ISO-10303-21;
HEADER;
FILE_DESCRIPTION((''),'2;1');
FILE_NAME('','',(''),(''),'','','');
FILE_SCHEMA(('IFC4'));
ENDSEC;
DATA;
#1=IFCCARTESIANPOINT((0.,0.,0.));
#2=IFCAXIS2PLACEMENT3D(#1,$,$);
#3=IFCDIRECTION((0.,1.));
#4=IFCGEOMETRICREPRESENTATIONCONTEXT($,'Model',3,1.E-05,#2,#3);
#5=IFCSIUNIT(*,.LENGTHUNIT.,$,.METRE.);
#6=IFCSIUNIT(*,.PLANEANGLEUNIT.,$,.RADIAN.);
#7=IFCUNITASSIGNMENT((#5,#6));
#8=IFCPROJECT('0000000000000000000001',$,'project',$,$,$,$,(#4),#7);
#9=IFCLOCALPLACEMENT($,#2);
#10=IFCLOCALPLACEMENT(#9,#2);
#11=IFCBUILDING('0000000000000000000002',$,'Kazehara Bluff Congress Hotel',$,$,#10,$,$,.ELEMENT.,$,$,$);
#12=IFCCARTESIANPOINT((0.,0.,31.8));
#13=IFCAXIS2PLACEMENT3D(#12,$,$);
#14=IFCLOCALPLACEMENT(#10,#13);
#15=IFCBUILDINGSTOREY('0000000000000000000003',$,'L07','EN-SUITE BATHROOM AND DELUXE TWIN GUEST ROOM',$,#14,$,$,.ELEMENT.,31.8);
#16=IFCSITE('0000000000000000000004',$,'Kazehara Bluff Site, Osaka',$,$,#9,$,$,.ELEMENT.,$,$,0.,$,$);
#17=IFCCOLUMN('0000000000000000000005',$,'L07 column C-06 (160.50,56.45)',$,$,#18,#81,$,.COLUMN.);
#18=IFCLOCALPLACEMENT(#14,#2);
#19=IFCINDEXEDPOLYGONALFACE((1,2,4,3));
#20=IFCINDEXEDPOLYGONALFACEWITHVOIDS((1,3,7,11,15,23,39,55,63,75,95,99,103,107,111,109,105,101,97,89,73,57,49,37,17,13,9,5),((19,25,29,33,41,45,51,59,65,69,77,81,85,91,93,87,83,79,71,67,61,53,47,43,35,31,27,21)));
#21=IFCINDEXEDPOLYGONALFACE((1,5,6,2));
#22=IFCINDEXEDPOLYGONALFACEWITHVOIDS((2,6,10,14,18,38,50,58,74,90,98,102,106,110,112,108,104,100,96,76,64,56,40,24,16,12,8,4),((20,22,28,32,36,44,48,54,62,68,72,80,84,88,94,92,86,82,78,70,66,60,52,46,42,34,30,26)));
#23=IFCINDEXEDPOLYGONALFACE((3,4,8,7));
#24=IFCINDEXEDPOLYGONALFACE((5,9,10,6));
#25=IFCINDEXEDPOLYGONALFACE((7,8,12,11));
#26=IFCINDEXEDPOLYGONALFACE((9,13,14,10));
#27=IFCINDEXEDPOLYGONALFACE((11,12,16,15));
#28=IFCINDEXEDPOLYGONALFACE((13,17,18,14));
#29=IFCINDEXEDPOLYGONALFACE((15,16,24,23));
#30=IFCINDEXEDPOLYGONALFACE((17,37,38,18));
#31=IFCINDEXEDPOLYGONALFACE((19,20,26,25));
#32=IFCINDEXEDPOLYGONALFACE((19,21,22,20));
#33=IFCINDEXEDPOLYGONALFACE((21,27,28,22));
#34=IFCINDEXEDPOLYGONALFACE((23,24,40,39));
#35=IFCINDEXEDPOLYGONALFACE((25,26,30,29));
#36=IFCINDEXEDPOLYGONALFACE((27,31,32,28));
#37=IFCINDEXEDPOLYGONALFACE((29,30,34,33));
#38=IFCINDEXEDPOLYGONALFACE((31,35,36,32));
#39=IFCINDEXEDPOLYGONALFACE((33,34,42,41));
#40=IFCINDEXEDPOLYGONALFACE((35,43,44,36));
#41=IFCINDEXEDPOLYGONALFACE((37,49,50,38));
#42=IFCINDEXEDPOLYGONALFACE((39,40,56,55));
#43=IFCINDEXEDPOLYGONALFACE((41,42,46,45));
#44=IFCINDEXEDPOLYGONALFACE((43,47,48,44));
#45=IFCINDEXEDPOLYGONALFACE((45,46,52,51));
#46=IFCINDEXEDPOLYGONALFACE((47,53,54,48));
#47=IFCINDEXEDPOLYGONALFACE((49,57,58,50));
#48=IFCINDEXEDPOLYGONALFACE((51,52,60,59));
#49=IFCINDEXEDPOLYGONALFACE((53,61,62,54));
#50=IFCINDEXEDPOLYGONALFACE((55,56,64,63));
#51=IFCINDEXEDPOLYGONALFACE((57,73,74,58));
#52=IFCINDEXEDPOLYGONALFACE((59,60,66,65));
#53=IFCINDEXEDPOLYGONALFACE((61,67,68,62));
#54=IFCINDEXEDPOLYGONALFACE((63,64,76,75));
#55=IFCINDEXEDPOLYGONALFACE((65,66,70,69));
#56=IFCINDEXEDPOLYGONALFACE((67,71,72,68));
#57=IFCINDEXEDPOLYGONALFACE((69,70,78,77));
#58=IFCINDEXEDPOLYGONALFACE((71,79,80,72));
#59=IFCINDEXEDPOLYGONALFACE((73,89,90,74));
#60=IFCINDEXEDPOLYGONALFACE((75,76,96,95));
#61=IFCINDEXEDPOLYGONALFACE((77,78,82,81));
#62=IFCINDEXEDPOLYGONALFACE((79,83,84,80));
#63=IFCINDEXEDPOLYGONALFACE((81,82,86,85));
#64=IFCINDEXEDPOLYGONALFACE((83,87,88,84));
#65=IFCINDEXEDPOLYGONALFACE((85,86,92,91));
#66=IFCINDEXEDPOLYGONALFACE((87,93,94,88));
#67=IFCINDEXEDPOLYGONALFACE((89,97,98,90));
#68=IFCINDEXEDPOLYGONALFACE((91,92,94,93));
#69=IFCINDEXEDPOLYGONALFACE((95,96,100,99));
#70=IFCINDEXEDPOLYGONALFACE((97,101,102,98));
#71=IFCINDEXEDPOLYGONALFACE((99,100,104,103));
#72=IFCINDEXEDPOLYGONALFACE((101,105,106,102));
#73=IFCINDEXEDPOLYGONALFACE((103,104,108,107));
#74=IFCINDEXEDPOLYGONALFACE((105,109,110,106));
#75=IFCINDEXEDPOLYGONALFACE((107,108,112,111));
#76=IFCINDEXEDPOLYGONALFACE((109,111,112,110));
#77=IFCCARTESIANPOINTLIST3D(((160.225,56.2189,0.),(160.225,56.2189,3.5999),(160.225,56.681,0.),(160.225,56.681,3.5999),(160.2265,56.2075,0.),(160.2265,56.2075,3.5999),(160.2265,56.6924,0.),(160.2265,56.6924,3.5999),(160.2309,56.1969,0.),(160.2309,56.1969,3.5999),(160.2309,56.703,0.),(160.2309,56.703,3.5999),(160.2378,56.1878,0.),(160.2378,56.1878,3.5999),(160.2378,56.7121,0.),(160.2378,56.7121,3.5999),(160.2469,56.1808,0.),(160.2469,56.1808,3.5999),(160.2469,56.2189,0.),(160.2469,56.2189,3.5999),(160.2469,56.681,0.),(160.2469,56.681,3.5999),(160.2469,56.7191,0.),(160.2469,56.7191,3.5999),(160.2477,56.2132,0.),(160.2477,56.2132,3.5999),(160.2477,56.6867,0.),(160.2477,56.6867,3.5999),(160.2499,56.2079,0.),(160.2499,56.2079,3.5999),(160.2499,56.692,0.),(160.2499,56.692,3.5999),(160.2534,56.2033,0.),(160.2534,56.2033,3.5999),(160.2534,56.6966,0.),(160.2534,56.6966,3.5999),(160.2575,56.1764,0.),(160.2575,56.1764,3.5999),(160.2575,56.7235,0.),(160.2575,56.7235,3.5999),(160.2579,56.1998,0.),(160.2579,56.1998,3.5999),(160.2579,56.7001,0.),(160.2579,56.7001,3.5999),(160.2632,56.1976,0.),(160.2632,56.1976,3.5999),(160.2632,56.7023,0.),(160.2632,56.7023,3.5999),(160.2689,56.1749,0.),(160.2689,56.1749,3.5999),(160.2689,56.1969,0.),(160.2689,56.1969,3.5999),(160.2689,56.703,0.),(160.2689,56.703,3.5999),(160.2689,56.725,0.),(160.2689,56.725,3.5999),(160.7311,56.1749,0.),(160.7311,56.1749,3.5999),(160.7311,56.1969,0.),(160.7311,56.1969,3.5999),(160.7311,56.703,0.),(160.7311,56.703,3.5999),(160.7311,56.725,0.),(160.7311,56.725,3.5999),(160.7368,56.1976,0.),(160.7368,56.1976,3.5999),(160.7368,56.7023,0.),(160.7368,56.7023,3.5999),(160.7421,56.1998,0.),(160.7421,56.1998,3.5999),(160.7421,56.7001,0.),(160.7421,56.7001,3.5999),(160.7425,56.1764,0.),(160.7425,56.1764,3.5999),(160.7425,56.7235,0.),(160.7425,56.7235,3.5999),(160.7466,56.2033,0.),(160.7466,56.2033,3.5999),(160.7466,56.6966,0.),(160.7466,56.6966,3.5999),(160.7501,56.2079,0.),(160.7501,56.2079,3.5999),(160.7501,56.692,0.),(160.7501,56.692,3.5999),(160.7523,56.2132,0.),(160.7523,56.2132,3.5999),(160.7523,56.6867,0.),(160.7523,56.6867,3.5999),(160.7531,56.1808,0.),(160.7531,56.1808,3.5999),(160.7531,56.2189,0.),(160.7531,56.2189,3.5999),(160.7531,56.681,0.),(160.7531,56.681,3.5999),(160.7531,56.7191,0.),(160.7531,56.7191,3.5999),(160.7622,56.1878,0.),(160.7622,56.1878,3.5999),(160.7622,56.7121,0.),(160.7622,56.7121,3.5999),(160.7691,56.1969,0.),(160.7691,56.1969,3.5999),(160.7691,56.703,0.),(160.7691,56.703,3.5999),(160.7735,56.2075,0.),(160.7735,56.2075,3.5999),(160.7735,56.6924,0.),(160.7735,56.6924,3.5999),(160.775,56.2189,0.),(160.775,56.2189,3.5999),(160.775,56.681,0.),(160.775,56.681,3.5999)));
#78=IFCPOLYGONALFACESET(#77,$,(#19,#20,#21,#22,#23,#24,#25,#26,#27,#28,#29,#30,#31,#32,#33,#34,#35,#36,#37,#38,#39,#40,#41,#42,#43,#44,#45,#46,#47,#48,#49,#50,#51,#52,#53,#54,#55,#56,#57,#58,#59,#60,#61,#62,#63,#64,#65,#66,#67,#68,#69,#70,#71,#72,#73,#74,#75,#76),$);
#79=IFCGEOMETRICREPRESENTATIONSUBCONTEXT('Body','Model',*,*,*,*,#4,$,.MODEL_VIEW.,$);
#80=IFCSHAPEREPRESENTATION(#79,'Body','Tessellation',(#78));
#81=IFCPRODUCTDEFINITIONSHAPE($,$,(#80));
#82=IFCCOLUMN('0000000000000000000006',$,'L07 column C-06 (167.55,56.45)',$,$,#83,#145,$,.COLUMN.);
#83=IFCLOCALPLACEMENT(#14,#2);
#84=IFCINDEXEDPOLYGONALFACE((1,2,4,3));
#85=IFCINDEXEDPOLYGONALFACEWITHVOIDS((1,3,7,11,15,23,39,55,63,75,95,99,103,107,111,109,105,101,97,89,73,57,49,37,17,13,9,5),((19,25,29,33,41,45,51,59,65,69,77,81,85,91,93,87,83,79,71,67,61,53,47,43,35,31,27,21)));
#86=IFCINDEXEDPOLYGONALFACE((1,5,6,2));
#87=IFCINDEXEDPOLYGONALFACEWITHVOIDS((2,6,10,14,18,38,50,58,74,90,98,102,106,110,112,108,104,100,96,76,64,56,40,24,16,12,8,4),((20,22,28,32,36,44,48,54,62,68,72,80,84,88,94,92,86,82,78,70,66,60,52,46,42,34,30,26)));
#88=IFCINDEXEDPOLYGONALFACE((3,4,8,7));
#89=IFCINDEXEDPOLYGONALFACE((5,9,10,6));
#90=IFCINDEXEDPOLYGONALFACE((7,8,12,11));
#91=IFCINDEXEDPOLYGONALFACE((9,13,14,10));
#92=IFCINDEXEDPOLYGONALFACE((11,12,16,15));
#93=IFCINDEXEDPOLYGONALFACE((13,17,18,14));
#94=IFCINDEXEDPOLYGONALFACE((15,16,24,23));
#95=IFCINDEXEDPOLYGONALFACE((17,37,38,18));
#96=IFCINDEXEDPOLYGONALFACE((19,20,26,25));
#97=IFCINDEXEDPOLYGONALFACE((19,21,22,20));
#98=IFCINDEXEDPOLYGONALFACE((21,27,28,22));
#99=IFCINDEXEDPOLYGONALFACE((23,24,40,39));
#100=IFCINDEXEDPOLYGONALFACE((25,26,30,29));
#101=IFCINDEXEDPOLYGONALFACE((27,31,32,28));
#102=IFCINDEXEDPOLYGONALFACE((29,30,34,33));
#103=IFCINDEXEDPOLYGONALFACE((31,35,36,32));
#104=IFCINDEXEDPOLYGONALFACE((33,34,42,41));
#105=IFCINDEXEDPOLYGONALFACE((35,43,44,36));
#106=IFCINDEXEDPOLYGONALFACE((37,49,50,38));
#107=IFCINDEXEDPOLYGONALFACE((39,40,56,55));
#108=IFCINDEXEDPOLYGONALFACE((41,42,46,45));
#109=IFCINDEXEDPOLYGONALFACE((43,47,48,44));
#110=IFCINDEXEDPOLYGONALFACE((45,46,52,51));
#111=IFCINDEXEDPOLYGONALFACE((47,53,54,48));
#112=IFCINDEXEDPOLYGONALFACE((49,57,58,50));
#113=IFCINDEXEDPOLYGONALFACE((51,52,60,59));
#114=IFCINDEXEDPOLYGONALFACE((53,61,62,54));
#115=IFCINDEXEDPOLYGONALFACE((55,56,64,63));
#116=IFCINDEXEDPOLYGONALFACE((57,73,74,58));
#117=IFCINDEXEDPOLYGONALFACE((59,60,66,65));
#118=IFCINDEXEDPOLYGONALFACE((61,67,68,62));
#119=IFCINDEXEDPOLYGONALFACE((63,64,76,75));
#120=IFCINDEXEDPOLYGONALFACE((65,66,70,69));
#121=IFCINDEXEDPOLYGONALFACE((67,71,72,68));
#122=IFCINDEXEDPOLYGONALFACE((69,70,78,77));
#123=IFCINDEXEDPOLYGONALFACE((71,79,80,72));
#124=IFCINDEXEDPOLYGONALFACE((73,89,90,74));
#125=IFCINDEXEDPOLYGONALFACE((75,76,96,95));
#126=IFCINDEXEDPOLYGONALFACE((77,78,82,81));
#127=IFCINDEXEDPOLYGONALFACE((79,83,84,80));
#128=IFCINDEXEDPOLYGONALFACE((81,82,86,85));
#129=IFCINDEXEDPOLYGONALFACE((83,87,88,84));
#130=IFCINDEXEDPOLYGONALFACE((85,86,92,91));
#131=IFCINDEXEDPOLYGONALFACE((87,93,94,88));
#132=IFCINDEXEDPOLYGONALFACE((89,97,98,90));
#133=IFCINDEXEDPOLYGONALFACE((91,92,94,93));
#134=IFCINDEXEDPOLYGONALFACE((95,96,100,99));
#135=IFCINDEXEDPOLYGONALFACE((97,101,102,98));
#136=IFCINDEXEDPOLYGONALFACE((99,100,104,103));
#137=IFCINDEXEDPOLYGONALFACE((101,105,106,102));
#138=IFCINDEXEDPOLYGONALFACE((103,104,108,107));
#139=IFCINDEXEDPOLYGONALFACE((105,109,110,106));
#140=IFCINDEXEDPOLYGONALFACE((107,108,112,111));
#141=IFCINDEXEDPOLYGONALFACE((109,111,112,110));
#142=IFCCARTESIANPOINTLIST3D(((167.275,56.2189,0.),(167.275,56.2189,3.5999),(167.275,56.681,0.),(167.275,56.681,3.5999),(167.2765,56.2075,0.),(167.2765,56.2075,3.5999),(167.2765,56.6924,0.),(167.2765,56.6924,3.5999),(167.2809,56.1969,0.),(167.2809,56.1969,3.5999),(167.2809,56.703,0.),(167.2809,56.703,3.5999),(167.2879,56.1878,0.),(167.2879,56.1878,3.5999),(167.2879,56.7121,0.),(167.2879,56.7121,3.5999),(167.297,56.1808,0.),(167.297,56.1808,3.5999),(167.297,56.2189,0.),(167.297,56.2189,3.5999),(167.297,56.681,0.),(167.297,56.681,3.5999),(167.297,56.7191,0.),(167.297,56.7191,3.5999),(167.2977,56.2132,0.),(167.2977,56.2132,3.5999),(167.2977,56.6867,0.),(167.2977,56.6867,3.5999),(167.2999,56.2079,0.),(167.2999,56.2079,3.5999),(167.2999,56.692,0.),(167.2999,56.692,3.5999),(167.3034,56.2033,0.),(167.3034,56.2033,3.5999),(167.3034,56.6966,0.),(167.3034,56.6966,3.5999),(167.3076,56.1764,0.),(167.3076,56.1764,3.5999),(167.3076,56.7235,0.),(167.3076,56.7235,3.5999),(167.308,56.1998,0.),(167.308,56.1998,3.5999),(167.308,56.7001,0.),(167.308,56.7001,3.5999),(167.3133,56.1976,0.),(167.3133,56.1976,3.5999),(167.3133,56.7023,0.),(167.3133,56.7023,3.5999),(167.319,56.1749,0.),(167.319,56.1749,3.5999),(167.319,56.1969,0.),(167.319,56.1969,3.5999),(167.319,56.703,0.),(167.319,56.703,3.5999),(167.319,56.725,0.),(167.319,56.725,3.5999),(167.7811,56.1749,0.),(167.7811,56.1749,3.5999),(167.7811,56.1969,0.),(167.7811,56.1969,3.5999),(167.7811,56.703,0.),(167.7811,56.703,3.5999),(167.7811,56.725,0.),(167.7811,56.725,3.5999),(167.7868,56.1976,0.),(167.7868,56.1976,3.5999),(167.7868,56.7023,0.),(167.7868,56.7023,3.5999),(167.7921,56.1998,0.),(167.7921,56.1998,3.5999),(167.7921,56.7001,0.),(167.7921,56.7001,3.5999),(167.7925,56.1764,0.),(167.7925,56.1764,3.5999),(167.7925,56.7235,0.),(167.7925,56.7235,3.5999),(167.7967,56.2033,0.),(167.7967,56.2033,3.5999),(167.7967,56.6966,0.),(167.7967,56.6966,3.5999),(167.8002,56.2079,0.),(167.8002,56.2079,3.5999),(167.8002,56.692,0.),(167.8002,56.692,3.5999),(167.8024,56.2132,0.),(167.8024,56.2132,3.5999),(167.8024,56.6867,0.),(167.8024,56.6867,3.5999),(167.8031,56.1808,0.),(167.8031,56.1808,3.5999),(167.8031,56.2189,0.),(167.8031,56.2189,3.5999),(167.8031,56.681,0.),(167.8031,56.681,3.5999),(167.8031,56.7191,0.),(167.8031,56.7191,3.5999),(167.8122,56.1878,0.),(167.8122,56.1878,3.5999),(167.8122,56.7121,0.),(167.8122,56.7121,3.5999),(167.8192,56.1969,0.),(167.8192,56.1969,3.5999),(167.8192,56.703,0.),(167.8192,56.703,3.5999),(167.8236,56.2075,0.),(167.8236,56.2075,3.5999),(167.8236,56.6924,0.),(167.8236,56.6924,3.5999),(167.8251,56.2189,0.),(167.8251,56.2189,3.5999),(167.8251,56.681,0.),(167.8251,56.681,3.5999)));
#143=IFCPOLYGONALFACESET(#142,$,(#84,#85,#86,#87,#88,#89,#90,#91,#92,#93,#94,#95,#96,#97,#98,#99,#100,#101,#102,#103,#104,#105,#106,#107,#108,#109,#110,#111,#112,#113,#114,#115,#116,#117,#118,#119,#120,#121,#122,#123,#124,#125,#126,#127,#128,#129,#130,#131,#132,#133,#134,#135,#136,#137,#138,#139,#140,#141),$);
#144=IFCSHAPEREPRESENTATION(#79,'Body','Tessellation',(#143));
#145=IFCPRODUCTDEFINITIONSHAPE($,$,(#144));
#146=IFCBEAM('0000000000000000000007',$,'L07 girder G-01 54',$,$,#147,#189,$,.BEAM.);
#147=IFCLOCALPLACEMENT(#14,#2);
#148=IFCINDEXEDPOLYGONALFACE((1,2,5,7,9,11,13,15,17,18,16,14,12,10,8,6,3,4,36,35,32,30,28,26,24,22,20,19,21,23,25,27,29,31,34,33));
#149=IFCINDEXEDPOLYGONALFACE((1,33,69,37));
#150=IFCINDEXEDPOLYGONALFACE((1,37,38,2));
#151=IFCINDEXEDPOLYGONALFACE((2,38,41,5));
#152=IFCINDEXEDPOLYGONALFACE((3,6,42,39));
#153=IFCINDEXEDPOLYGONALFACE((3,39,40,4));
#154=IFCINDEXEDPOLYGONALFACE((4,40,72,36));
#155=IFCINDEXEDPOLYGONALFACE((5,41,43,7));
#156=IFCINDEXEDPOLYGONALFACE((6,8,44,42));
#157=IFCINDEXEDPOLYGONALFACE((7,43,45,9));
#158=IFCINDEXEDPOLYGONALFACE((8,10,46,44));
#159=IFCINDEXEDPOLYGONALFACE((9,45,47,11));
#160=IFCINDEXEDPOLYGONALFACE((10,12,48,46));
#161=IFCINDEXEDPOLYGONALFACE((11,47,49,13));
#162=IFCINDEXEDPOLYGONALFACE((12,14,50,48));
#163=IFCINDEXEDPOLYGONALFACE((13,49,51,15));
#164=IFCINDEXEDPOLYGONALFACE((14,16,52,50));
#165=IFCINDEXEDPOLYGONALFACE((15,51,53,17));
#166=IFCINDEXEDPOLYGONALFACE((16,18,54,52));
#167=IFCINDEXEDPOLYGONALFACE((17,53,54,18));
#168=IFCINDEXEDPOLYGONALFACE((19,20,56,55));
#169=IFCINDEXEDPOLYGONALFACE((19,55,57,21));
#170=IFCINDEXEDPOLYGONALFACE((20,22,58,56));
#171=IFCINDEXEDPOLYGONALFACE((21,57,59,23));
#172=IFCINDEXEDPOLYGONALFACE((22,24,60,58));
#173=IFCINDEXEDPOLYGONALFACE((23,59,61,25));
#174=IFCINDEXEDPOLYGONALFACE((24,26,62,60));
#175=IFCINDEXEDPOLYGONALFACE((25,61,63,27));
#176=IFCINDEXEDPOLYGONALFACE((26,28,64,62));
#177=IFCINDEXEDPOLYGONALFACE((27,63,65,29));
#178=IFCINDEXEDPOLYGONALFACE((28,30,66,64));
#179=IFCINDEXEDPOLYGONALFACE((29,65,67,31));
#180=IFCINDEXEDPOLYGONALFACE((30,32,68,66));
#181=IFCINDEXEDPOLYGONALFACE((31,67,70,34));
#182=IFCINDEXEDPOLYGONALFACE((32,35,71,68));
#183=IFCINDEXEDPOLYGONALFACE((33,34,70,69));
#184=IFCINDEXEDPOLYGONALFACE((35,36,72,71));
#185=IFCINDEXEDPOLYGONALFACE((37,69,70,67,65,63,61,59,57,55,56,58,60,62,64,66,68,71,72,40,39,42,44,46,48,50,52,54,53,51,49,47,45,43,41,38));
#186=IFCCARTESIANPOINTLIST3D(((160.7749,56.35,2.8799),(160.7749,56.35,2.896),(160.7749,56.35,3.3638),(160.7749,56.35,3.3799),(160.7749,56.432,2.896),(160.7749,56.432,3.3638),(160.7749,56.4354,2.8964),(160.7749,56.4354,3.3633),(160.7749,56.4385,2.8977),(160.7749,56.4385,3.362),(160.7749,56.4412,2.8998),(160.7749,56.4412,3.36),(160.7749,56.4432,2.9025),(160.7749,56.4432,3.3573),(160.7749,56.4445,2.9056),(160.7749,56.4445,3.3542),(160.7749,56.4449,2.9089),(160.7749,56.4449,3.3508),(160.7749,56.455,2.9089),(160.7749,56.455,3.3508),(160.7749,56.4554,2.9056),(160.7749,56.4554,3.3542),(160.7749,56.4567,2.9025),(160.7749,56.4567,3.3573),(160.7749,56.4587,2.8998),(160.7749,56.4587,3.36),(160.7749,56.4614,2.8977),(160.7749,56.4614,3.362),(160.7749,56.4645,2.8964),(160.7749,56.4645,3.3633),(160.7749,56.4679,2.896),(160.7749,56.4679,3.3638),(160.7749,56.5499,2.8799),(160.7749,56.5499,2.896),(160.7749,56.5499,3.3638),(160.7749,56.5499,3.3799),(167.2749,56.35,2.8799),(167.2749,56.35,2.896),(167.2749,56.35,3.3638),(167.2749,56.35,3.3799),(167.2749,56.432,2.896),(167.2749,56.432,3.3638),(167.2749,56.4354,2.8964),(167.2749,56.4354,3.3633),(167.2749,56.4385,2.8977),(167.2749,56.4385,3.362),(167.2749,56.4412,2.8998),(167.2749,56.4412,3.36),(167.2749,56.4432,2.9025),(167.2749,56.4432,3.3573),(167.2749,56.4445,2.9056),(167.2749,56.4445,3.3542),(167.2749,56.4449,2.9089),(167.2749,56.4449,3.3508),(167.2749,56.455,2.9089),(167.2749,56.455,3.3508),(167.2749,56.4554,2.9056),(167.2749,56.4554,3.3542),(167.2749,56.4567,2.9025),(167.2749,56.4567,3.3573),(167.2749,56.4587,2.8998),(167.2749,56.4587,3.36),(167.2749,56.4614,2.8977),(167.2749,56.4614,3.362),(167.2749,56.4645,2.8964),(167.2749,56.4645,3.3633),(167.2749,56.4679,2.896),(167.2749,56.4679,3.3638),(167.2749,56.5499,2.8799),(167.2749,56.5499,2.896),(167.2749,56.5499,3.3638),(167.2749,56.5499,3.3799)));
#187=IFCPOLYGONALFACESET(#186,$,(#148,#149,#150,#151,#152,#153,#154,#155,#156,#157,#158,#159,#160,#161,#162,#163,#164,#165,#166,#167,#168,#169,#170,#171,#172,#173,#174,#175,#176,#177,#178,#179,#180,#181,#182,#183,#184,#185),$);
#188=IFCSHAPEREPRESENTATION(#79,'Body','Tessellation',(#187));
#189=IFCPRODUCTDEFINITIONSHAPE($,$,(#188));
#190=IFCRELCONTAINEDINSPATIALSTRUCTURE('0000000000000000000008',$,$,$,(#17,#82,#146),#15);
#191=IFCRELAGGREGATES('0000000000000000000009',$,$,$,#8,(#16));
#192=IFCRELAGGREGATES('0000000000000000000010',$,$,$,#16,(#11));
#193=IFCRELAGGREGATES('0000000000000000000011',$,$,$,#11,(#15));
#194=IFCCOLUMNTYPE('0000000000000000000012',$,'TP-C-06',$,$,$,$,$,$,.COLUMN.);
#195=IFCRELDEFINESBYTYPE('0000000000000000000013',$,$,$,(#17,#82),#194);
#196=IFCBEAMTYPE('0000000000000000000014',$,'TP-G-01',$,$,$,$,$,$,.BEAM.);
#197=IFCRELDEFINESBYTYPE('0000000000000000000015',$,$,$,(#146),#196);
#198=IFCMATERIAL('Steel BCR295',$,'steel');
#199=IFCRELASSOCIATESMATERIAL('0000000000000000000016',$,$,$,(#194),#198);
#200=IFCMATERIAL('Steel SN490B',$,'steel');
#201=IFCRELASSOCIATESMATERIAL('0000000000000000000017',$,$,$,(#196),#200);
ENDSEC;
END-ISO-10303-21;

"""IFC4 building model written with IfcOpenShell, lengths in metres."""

from ifc_helpers import new_model, si_unit, direction, frame, origin, origin_2d, place, context, subcontext, project, spatial, hollow_rectangle, i_section, extrude, material, material_profile, profile_set, type_object, element, save


model = new_model("IFC4")

# Units and contexts
model_context = context("Model", 3, precision=1e-05, world=origin(), true_north=direction((0.0, 1.0)))
body_context = subcontext(model_context, "Body", "Model", "MODEL_VIEW")
ifc_project = project(units=[si_unit("LENGTHUNIT", "METRE"), si_unit("PLANEANGLEUNIT", "RADIAN")], contexts=[model_context])

# Site, building, storey
site_placement = place(None, origin())
site = spatial("IfcSite", under=ifc_project, at=site_placement, Name="Kazehara Bluff Site, Osaka", CompositionType="ELEMENT", RefElevation=0.0)
building_placement = place(site_placement, origin())
building = spatial("IfcBuilding", under=site, at=building_placement, Name="Kazehara Bluff Congress Hotel", CompositionType="ELEMENT")
storey_placement = place(building_placement, frame((0.0, 0.0, 31.8)))
storey = spatial("IfcBuildingStorey", under=building, at=storey_placement, Name="L07", Description="EN-SUITE BATHROOM AND DELUXE TWIN GUEST ROOM", CompositionType="ELEMENT", Elevation=31.8)

# Columns
ifc_material_1 = material(Name="Steel BCR295", Category="steel")
ifc_material_profile_1 = material_profile(ifc_material_1, hollow_rectangle(XDim=0.55, YDim=0.55, WallThickness=0.022, InnerFilletRadius=0.022, OuterFilletRadius=0.0439, at=origin_2d()))
ifc_profile_set_1 = profile_set([ifc_material_profile_1], Name="Steel BCR295")
column_type = type_object("IfcColumnType", Name="TP-C-06", PredefinedType="COLUMN", material=ifc_profile_set_1)
for number, where, z_axis, x_axis, name in (
    (1, (160.5, 56.45, 0.0), (0.0, 0.0, 1.0), (1.0, 0.0, 0.0), "L07 column C-06 (160.50,56.45)"),
    (2, (167.55, 56.45, 0.0), (0.0, 0.0, 1.0), (1.0, 0.0, 0.0), "L07 column C-06 (167.55,56.45)"),
):
    element("IfcColumn", number, at=place(storey_placement, frame(where, z_axis=z_axis, x_axis=x_axis)), inside=storey, type_object=column_type, Name=name, PredefinedType="COLUMN", context=body_context, shape_type="SweptSolid", body=[
        extrude(hollow_rectangle(XDim=0.55, YDim=0.55, WallThickness=0.022, InnerFilletRadius=0.022, OuterFilletRadius=0.0439, at=origin_2d()), origin(), (0.0, 0.0, 1.0), 3.5999),
    ])

# Beam
ifc_material_2 = material(Name="Steel SN490B", Category="steel")
ifc_material_profile_2 = material_profile(ifc_material_2, i_section(OverallWidth=0.2, OverallDepth=0.5, WebThickness=0.01, FlangeThickness=0.0161, FilletRadius=0.0129, at=origin_2d()))
ifc_profile_set_2 = profile_set([ifc_material_profile_2], Name="Steel SN490B")
beam_type_1 = type_object("IfcBeamType", Name="TP-G-01", PredefinedType="BEAM", material=ifc_profile_set_2)
beam_1_placement = place(storey_placement, frame((160.7749, 56.45, 3.1299), z_axis=(1.0, 0.0, 0.0), x_axis=(0.0, 1.0, 0.0)))
element("IfcBeam", 3, at=beam_1_placement, inside=storey, type_object=beam_type_1, Name="L07 girder G-01 54", PredefinedType="BEAM", context=body_context, shape_type="SweptSolid", body=[
    extrude(i_section(OverallWidth=0.2, OverallDepth=0.5, WebThickness=0.01, FlangeThickness=0.0161, FilletRadius=0.0129, at=origin_2d()), origin(), (0.0, 0.0, 1.0), 6.5),
])

save(model, "model.ifc")
